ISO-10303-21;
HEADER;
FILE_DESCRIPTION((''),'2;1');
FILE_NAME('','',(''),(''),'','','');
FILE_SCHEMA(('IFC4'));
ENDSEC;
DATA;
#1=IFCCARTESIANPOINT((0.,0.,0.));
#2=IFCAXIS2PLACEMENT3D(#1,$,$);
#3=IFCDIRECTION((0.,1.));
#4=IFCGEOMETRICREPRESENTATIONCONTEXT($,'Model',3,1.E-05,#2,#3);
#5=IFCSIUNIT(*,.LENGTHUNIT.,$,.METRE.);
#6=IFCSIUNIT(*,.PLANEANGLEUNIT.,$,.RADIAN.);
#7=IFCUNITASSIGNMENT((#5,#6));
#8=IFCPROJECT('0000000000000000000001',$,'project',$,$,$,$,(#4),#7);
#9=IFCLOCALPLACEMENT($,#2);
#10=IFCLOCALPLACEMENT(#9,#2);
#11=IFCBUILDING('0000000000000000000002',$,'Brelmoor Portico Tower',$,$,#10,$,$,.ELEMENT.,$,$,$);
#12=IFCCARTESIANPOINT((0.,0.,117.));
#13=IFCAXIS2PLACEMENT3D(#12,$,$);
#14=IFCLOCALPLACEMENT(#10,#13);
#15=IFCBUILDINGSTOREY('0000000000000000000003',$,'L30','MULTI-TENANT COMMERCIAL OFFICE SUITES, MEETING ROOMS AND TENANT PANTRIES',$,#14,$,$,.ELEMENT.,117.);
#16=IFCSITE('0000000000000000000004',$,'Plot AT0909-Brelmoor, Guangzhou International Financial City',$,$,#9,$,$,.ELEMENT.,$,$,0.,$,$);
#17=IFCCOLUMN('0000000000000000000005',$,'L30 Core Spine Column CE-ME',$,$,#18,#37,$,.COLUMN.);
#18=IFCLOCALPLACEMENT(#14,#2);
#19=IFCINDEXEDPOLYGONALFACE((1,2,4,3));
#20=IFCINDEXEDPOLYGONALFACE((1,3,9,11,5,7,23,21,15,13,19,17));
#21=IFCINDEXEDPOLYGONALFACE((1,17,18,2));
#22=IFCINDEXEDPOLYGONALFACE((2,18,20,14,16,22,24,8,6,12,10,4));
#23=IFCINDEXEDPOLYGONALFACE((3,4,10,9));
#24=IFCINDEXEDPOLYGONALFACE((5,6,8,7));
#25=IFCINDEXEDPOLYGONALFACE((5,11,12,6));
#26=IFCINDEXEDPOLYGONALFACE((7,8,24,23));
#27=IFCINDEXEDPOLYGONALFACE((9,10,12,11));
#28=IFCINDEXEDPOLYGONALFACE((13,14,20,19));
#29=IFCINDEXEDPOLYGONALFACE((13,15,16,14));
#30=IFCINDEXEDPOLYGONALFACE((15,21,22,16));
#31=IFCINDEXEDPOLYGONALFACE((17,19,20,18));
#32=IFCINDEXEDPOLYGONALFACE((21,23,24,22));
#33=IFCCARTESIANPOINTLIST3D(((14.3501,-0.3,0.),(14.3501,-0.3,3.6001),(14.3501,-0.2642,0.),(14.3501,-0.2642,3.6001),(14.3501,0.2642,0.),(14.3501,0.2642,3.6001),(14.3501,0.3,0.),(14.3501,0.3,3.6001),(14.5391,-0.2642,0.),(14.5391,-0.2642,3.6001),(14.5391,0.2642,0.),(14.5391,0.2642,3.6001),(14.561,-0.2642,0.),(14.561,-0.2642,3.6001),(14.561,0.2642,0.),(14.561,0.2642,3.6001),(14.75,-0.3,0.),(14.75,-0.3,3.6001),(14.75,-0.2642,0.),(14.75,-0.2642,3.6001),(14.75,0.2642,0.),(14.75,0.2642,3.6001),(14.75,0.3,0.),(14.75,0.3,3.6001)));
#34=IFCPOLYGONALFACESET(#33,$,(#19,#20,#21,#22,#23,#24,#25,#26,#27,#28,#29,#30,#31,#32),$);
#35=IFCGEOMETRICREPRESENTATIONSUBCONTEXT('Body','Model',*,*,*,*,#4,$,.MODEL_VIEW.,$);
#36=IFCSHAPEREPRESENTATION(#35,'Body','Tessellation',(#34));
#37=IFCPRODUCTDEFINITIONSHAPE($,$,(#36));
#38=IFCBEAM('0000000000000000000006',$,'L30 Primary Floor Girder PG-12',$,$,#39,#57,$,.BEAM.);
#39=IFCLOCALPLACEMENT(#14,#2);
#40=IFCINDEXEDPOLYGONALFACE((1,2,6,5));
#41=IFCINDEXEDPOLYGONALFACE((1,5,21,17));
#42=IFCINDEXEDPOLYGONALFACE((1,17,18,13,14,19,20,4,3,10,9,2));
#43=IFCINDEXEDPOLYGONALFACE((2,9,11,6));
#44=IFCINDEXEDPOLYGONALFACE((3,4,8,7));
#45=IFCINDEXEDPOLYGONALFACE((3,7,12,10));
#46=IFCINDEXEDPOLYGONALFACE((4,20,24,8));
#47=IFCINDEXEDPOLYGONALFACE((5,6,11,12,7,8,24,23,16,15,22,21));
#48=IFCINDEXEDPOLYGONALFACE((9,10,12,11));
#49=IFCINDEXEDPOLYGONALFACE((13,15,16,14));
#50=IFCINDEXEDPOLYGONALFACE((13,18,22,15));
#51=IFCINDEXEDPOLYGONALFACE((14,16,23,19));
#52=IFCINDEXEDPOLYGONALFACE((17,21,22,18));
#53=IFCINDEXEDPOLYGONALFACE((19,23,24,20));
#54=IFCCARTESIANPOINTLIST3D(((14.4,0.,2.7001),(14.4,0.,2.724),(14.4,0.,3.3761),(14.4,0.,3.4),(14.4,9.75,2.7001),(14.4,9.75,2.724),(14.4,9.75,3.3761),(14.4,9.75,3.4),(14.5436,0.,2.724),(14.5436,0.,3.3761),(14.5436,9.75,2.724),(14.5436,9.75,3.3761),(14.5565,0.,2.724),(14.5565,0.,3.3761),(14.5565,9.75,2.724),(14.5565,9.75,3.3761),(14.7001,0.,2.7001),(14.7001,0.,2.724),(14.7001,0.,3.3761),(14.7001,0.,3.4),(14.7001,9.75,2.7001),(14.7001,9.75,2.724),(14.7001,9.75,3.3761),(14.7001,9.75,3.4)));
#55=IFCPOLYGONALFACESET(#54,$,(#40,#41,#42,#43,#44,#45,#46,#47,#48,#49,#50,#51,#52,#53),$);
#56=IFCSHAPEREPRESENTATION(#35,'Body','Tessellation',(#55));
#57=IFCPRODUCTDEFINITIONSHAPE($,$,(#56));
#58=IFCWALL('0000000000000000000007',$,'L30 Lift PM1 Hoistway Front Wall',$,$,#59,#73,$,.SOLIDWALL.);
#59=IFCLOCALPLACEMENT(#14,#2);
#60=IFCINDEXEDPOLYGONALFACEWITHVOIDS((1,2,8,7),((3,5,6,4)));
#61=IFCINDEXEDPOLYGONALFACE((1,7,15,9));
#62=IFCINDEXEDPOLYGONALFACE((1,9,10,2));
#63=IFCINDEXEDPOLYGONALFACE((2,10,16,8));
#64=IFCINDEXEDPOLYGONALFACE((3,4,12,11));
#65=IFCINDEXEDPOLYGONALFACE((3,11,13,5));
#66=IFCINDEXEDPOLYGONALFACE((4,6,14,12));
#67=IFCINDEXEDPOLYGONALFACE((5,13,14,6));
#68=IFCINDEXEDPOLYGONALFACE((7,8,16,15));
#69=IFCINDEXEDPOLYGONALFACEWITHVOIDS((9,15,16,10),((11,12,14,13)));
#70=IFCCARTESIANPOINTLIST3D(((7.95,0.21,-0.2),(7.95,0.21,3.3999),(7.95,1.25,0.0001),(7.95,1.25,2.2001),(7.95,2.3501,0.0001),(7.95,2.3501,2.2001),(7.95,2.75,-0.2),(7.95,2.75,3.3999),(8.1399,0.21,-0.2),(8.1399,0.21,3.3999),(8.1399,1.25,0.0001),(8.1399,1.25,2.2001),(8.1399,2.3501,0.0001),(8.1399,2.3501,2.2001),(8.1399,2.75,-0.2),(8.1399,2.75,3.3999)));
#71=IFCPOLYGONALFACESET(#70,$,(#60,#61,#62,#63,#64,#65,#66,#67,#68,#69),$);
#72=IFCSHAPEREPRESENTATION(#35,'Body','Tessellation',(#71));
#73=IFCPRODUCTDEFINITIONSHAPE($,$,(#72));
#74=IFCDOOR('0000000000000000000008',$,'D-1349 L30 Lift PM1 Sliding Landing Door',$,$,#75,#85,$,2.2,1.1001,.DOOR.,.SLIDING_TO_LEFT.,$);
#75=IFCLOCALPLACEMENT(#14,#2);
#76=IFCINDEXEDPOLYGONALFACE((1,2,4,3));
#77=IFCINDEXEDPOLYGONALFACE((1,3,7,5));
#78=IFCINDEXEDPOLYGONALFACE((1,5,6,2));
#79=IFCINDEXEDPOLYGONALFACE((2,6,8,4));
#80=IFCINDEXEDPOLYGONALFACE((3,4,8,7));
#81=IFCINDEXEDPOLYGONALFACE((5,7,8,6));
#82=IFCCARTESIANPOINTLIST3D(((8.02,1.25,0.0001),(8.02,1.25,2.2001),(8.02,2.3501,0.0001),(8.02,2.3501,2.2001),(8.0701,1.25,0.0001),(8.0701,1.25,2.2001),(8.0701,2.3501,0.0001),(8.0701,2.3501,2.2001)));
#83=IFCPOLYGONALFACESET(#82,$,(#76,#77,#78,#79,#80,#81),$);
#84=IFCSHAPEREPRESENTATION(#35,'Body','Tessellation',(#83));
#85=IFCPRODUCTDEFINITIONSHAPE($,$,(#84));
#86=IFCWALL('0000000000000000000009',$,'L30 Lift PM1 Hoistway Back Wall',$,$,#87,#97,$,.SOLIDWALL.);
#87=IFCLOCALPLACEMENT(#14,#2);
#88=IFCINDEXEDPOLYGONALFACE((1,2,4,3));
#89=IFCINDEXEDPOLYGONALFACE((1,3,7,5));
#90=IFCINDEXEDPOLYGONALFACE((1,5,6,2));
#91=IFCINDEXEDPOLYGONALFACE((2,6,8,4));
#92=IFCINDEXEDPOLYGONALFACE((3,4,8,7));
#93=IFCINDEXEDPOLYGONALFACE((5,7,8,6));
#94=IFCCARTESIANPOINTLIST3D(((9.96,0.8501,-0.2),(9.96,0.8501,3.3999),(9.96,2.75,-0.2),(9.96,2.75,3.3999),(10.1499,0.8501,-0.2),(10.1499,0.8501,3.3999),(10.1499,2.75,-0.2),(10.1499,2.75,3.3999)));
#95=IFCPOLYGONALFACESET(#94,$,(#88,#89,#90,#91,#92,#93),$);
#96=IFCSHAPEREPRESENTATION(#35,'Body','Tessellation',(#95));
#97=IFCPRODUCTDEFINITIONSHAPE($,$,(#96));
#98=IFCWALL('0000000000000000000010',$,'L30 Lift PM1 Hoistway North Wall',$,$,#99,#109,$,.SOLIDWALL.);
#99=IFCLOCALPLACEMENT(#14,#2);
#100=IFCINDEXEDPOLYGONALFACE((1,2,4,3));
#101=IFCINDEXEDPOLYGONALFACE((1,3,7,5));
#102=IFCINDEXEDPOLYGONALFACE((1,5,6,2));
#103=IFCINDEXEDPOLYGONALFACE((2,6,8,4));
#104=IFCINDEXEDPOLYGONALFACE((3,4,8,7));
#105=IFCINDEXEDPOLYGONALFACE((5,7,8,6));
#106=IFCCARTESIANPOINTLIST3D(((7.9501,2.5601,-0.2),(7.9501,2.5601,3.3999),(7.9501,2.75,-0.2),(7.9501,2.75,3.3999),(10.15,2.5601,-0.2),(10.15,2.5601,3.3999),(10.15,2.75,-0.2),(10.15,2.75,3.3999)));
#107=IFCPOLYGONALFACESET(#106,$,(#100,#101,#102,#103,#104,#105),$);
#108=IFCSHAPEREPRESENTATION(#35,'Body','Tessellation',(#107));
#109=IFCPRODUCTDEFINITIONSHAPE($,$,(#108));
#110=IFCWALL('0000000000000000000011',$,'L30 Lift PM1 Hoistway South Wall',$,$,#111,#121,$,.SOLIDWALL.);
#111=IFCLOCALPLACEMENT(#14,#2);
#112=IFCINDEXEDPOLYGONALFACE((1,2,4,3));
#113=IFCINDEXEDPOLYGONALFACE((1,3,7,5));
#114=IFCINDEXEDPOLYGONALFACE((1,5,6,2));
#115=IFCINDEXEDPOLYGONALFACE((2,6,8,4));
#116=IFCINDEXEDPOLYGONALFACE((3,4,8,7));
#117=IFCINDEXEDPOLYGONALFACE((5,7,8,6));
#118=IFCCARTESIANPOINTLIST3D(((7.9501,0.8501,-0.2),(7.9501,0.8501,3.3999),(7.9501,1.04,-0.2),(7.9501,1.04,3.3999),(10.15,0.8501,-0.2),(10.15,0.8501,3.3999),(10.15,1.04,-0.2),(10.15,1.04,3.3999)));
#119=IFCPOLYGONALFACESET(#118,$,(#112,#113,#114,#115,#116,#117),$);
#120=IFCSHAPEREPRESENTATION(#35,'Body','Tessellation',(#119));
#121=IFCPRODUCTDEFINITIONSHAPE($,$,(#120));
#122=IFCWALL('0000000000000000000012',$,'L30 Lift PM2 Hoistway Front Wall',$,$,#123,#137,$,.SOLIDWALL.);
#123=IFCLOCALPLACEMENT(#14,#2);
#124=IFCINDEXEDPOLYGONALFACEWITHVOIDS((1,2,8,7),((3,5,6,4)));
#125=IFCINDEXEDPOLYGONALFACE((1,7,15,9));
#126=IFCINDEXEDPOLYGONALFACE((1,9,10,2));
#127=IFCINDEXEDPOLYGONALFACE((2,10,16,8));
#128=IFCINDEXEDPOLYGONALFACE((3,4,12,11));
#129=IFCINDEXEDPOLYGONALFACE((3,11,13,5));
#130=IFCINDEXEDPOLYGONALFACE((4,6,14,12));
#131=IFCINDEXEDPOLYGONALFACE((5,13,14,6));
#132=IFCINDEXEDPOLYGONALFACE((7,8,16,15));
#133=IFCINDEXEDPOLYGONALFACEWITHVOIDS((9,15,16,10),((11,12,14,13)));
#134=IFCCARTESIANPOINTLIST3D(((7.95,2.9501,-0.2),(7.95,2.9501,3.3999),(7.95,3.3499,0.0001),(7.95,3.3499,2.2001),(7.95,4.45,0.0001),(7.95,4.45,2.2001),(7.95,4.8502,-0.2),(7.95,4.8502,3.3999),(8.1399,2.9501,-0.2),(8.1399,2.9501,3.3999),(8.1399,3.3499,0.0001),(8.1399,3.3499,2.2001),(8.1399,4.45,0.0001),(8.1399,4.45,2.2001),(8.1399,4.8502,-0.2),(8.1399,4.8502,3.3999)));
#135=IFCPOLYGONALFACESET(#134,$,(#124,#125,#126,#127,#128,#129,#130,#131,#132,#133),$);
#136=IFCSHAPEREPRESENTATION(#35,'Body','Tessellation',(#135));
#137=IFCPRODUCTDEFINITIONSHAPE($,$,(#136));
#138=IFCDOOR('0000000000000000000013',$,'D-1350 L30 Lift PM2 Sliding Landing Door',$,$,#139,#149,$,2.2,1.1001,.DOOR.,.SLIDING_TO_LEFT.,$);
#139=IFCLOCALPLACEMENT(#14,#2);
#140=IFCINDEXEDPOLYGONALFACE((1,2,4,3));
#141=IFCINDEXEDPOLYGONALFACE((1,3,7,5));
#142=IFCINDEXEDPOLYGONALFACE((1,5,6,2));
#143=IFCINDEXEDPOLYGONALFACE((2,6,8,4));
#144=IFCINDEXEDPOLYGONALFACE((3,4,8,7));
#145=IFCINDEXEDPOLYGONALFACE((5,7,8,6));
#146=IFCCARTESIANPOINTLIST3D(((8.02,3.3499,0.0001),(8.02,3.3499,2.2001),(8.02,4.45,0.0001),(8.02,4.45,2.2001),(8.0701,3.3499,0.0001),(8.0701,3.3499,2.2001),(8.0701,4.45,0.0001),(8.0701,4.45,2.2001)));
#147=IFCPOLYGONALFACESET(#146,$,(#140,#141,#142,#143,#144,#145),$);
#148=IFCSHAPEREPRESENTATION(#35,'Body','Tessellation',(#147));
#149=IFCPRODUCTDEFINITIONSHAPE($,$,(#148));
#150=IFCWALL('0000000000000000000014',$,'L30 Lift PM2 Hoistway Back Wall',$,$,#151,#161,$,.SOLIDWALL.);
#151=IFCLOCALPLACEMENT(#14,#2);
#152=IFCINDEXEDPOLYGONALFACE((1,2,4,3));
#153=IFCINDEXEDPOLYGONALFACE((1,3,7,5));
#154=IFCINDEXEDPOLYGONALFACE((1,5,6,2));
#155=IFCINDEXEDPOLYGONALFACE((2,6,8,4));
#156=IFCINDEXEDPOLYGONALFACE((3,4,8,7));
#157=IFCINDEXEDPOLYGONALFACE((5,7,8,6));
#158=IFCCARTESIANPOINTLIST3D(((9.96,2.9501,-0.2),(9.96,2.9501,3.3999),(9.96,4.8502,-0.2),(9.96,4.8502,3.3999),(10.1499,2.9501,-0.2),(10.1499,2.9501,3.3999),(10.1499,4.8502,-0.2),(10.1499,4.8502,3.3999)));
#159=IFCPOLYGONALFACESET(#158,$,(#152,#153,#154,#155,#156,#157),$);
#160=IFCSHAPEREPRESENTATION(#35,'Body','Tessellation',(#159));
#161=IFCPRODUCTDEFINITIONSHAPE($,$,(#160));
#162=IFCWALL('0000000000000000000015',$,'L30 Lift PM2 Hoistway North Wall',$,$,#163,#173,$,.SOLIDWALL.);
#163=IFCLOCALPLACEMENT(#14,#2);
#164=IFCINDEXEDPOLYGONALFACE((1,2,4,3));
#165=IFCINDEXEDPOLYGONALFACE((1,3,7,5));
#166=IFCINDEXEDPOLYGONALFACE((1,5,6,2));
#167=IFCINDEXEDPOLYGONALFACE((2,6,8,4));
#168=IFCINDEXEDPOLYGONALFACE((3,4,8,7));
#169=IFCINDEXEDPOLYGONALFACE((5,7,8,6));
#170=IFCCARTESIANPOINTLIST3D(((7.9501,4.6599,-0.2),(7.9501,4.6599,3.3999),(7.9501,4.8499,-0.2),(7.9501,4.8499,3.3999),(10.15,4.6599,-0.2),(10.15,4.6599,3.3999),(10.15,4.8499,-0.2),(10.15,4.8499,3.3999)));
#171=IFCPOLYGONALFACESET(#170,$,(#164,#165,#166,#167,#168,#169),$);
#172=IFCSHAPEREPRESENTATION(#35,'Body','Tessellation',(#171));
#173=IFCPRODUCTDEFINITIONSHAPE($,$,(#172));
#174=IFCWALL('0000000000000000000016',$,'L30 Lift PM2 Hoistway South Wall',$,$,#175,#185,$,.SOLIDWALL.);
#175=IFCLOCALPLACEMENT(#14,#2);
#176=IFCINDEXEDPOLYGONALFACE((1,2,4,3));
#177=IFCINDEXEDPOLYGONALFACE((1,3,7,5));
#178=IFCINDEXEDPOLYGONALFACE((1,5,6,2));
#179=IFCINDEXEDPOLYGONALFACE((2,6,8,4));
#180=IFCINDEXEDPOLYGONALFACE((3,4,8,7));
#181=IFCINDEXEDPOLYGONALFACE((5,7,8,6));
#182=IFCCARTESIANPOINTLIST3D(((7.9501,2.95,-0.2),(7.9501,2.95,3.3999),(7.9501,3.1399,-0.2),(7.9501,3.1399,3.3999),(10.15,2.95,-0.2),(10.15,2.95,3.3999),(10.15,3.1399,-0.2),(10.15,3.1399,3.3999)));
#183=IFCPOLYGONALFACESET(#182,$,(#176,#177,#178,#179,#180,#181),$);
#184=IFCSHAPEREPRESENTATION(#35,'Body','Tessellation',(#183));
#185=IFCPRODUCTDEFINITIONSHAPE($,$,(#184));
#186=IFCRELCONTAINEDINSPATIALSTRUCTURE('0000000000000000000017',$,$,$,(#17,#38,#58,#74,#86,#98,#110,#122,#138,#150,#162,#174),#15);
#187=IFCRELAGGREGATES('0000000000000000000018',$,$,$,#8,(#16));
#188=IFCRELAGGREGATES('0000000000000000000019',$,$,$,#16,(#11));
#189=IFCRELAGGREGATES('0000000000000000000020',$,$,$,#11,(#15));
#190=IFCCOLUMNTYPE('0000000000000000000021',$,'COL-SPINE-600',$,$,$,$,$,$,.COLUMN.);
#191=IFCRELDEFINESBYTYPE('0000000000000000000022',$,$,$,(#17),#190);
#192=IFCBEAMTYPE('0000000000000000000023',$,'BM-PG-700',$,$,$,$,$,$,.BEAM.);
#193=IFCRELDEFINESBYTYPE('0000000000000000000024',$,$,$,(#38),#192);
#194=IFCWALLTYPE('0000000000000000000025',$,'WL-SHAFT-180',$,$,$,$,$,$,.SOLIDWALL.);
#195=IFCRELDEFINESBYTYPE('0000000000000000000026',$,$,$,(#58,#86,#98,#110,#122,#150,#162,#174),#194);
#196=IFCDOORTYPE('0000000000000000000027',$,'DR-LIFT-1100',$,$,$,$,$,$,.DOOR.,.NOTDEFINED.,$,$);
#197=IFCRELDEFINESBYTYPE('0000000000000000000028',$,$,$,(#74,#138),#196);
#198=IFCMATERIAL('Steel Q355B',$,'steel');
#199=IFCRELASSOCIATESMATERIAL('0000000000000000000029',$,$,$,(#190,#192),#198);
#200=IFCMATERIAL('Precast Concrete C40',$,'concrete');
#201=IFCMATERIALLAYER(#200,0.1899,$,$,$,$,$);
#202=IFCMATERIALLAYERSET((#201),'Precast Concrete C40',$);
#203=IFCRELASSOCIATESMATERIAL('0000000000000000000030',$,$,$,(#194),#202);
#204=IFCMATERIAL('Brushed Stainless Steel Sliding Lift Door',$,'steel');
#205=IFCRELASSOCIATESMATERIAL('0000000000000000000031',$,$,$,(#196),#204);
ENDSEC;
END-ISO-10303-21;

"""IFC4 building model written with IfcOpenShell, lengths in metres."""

from ifc_helpers import new_model, si_unit, direction, frame, frame_2d, origin, origin_2d, place, context, subcontext, project, spatial, rectangle, i_section, extrude, material, layer, layer_set, material_profile, profile_set, type_object, element, fill, save


model = new_model("IFC4")

# Units and contexts
model_context = context("Model", 3, precision=1e-05, world=origin(), true_north=direction((0.0, 1.0)))
body_context = subcontext(model_context, "Body", "Model", "MODEL_VIEW")
ifc_project = project(units=[si_unit("LENGTHUNIT", "METRE"), si_unit("PLANEANGLEUNIT", "RADIAN")], contexts=[model_context])

# Site, building, storey
site_placement = place(None, origin())
site = spatial("IfcSite", under=ifc_project, at=site_placement, Name="Plot AT0909-Brelmoor, Guangzhou International Financial City", CompositionType="ELEMENT", RefElevation=0.0)
building_placement = place(site_placement, origin())
building = spatial("IfcBuilding", under=site, at=building_placement, Name="Brelmoor Portico Tower", CompositionType="ELEMENT")
storey_placement = place(building_placement, frame((0.0, 0.0, 117.0)))
storey = spatial("IfcBuildingStorey", under=building, at=storey_placement, Name="L30", Description="MULTI-TENANT COMMERCIAL OFFICE SUITES, MEETING ROOMS AND TENANT PANTRIES", CompositionType="ELEMENT", Elevation=117.0)

# Column
ifc_material_1 = material(Name="Steel Q355B", Category="steel")
ifc_material_profile_1 = material_profile(ifc_material_1, i_section(OverallWidth=0.3999, OverallDepth=0.6001, WebThickness=0.022, FlangeThickness=0.0359, at=origin_2d()), Name="HW 600x400x22x36")
ifc_profile_set_1 = profile_set([ifc_material_profile_1], Name="Steel Q355B")
column_type = type_object("IfcColumnType", Name="COL-SPINE-600", PredefinedType="COLUMN", material=ifc_profile_set_1)
column_placement = place(storey_placement, frame((14.55, 0.0, 0.0), z_axis=(0.0, 0.0, 1.0), x_axis=(1.0, 0.0, 0.0)))
element("IfcColumn", 1, at=column_placement, inside=storey, type_object=column_type, Name="L30 Core Spine Column CE-ME", PredefinedType="COLUMN", context=body_context, shape_type="SweptSolid", body=[
    extrude(i_section(OverallWidth=0.3999, OverallDepth=0.6001, WebThickness=0.022, FlangeThickness=0.0359, at=origin_2d()), origin(), (0.0, 0.0, 1.0), 3.6001),
])

# Beam
ifc_material_profile_2 = material_profile(ifc_material_1, i_section(OverallWidth=0.3, OverallDepth=0.7, WebThickness=0.0129, FlangeThickness=0.0239, at=origin_2d()), Name="HN 700x300x13x24")
ifc_profile_set_2 = profile_set([ifc_material_profile_2], Name="Steel Q355B")
beam_type = type_object("IfcBeamType", Name="BM-PG-700", PredefinedType="BEAM", material=ifc_profile_set_2)
beam_placement = place(storey_placement, frame((14.55, 0.0, 3.05), z_axis=(0.0, 1.0, 0.0), x_axis=(-1.0, 0.0, 0.0)))
element("IfcBeam", 2, at=beam_placement, inside=storey, type_object=beam_type, Name="L30 Primary Floor Girder PG-12", PredefinedType="BEAM", context=body_context, shape_type="SweptSolid", body=[
    extrude(i_section(OverallWidth=0.3, OverallDepth=0.7, WebThickness=0.0129, FlangeThickness=0.0239, at=origin_2d()), origin(), (0.0, 0.0, 1.0), 9.75),
])

# Wall, opening, door
ifc_material_2 = material(Name="Precast Concrete C40", Category="concrete")
ifc_layer_1 = layer(ifc_material_2, 0.1899)
ifc_layer_set_1 = layer_set([ifc_layer_1], Name="Precast Concrete C40")
wall_type_1 = type_object("IfcWallType", Name="WL-SHAFT-180", PredefinedType="SOLIDWALL", material=ifc_layer_set_1)
wall_1_placement = place(storey_placement, frame((8.0449, 0.21, -0.2), z_axis=(0.0, 0.0, 1.0), x_axis=(0.0, 1.0, 0.0)))
wall_1 = element("IfcWall", 3, at=wall_1_placement, inside=storey, type_object=wall_type_1, Name="L30 Lift PM1 Hoistway Front Wall", PredefinedType="SOLIDWALL", context=body_context, shape_type="SweptSolid", body=[
    extrude(rectangle(XDim=2.54, YDim=0.1899, at=frame_2d((1.27, 0.0))), origin(), (0.0, 0.0, 1.0), 3.5999),
])
opening_1_placement = place(wall_1_placement, frame((1.04, 0.0, 0.2)))
opening_1 = element("IfcOpeningElement", 4, at=opening_1_placement, cuts=wall_1, PredefinedType="OPENING", context=body_context, shape_type="SweptSolid", body=[
    extrude(rectangle(XDim=1.1001, YDim=2.2, at=frame_2d((0.55, 1.1001))), frame((0.0, 0.105, 0.0), z_axis=(0.0, -1.0, 0.0), x_axis=(1.0, 0.0, 0.0)), (0.0, 0.0, 1.0), 0.21),
])
ifc_material_3 = material(Name="Brushed Stainless Steel Sliding Lift Door", Category="steel")
door_type_1 = type_object("IfcDoorType", Name="DR-LIFT-1100", OperationType="NOTDEFINED", PredefinedType="DOOR", material=ifc_material_3)
door_1_placement = place(opening_1_placement, origin())
door_1 = element("IfcDoor", 5, at=door_1_placement, inside=storey, type_object=door_type_1, Name="D-1349 L30 Lift PM1 Sliding Landing Door", OperationType="SLIDING_TO_LEFT", OverallHeight=2.2, OverallWidth=1.1001, PredefinedType="DOOR", context=body_context, shape_type="SweptSolid", body=[
    extrude(rectangle(XDim=1.1001, YDim=2.2, at=frame_2d((0.55, 1.1001))), frame((0.0, 0.0249, 0.0), z_axis=(0.0, -1.0, 0.0), x_axis=(1.0, 0.0, 0.0)), (0.0, 0.0, 1.0), 0.05),
])
fill(opening_1, door_1)

# Walls
wall_2_placement = place(storey_placement, frame((10.0549, 0.8501, -0.2), z_axis=(0.0, 0.0, 1.0), x_axis=(0.0, 1.0, 0.0)))
element("IfcWall", 6, at=wall_2_placement, inside=storey, type_object=wall_type_1, Name="L30 Lift PM1 Hoistway Back Wall", PredefinedType="SOLIDWALL", context=body_context, shape_type="SweptSolid", body=[
    extrude(rectangle(XDim=1.8999, YDim=0.1899, at=frame_2d((0.95, 0.0))), origin(), (0.0, 0.0, 1.0), 3.5999),
])
for number, where, z_axis, x_axis, name in (
    (7, (7.95, 2.655, -0.2), (0.0, 0.0, 1.0), (1.0, 0.0, 0.0), "L30 Lift PM1 Hoistway North Wall"),
    (8, (7.95, 0.9451, -0.2), (0.0, 0.0, 1.0), (1.0, 0.0, 0.0), "L30 Lift PM1 Hoistway South Wall"),
):
    element("IfcWall", number, at=place(storey_placement, frame(where, z_axis=z_axis, x_axis=x_axis)), inside=storey, type_object=wall_type_1, Name=name, PredefinedType="SOLIDWALL", context=body_context, shape_type="SweptSolid", body=[
        extrude(rectangle(XDim=2.2, YDim=0.1899, at=frame_2d((1.1001, 0.0))), origin(), (0.0, 0.0, 1.0), 3.5999),
    ])

# Wall, opening, door
wall_3_placement = place(storey_placement, frame((8.0449, 2.95, -0.2), z_axis=(0.0, 0.0, 1.0), x_axis=(0.0, 1.0, 0.0)))
wall_3 = element("IfcWall", 9, at=wall_3_placement, inside=storey, type_object=wall_type_1, Name="L30 Lift PM2 Hoistway Front Wall", PredefinedType="SOLIDWALL", context=body_context, shape_type="SweptSolid", body=[
    extrude(rectangle(XDim=1.9001, YDim=0.1899, at=frame_2d((0.9502, 0.0))), origin(), (0.0, 0.0, 1.0), 3.5999),
])
opening_2_placement = place(wall_3_placement, frame((0.3999, 0.0, 0.2)))
opening_2 = element("IfcOpeningElement", 10, at=opening_2_placement, cuts=wall_3, PredefinedType="OPENING", context=body_context, shape_type="SweptSolid", body=[
    extrude(rectangle(XDim=1.1001, YDim=2.2, at=frame_2d((0.55, 1.1001))), frame((0.0, 0.105, 0.0), z_axis=(0.0, -1.0, 0.0), x_axis=(1.0, 0.0, 0.0)), (0.0, 0.0, 1.0), 0.21),
])
door_2_placement = place(opening_2_placement, origin())
door_2 = element("IfcDoor", 11, at=door_2_placement, inside=storey, type_object=door_type_1, Name="D-1350 L30 Lift PM2 Sliding Landing Door", OperationType="SLIDING_TO_LEFT", OverallHeight=2.2, OverallWidth=1.1001, PredefinedType="DOOR", context=body_context, shape_type="SweptSolid", body=[
    extrude(rectangle(XDim=1.1001, YDim=2.2, at=frame_2d((0.55, 1.1001))), frame((0.0, 0.0249, 0.0), z_axis=(0.0, -1.0, 0.0), x_axis=(1.0, 0.0, 0.0)), (0.0, 0.0, 1.0), 0.05),
])
fill(opening_2, door_2)

# Walls
wall_4_placement = place(storey_placement, frame((10.0549, 2.95, -0.2), z_axis=(0.0, 0.0, 1.0), x_axis=(0.0, 1.0, 0.0)))
element("IfcWall", 12, at=wall_4_placement, inside=storey, type_object=wall_type_1, Name="L30 Lift PM2 Hoistway Back Wall", PredefinedType="SOLIDWALL", context=body_context, shape_type="SweptSolid", body=[
    extrude(rectangle(XDim=1.9001, YDim=0.1899, at=frame_2d((0.9502, 0.0))), origin(), (0.0, 0.0, 1.0), 3.5999),
])
for number, where, z_axis, x_axis, name in (
    (13, (7.95, 4.7549, -0.2), (0.0, 0.0, 1.0), (1.0, 0.0, 0.0), "L30 Lift PM2 Hoistway North Wall"),
    (14, (7.95, 3.0449, -0.2), (0.0, 0.0, 1.0), (1.0, 0.0, 0.0), "L30 Lift PM2 Hoistway South Wall"),
):
    element("IfcWall", number, at=place(storey_placement, frame(where, z_axis=z_axis, x_axis=x_axis)), inside=storey, type_object=wall_type_1, Name=name, PredefinedType="SOLIDWALL", context=body_context, shape_type="SweptSolid", body=[
        extrude(rectangle(XDim=2.2, YDim=0.1899, at=frame_2d((1.1001, 0.0))), origin(), (0.0, 0.0, 1.0), 3.5999),
    ])

save(model, "model.ifc")
